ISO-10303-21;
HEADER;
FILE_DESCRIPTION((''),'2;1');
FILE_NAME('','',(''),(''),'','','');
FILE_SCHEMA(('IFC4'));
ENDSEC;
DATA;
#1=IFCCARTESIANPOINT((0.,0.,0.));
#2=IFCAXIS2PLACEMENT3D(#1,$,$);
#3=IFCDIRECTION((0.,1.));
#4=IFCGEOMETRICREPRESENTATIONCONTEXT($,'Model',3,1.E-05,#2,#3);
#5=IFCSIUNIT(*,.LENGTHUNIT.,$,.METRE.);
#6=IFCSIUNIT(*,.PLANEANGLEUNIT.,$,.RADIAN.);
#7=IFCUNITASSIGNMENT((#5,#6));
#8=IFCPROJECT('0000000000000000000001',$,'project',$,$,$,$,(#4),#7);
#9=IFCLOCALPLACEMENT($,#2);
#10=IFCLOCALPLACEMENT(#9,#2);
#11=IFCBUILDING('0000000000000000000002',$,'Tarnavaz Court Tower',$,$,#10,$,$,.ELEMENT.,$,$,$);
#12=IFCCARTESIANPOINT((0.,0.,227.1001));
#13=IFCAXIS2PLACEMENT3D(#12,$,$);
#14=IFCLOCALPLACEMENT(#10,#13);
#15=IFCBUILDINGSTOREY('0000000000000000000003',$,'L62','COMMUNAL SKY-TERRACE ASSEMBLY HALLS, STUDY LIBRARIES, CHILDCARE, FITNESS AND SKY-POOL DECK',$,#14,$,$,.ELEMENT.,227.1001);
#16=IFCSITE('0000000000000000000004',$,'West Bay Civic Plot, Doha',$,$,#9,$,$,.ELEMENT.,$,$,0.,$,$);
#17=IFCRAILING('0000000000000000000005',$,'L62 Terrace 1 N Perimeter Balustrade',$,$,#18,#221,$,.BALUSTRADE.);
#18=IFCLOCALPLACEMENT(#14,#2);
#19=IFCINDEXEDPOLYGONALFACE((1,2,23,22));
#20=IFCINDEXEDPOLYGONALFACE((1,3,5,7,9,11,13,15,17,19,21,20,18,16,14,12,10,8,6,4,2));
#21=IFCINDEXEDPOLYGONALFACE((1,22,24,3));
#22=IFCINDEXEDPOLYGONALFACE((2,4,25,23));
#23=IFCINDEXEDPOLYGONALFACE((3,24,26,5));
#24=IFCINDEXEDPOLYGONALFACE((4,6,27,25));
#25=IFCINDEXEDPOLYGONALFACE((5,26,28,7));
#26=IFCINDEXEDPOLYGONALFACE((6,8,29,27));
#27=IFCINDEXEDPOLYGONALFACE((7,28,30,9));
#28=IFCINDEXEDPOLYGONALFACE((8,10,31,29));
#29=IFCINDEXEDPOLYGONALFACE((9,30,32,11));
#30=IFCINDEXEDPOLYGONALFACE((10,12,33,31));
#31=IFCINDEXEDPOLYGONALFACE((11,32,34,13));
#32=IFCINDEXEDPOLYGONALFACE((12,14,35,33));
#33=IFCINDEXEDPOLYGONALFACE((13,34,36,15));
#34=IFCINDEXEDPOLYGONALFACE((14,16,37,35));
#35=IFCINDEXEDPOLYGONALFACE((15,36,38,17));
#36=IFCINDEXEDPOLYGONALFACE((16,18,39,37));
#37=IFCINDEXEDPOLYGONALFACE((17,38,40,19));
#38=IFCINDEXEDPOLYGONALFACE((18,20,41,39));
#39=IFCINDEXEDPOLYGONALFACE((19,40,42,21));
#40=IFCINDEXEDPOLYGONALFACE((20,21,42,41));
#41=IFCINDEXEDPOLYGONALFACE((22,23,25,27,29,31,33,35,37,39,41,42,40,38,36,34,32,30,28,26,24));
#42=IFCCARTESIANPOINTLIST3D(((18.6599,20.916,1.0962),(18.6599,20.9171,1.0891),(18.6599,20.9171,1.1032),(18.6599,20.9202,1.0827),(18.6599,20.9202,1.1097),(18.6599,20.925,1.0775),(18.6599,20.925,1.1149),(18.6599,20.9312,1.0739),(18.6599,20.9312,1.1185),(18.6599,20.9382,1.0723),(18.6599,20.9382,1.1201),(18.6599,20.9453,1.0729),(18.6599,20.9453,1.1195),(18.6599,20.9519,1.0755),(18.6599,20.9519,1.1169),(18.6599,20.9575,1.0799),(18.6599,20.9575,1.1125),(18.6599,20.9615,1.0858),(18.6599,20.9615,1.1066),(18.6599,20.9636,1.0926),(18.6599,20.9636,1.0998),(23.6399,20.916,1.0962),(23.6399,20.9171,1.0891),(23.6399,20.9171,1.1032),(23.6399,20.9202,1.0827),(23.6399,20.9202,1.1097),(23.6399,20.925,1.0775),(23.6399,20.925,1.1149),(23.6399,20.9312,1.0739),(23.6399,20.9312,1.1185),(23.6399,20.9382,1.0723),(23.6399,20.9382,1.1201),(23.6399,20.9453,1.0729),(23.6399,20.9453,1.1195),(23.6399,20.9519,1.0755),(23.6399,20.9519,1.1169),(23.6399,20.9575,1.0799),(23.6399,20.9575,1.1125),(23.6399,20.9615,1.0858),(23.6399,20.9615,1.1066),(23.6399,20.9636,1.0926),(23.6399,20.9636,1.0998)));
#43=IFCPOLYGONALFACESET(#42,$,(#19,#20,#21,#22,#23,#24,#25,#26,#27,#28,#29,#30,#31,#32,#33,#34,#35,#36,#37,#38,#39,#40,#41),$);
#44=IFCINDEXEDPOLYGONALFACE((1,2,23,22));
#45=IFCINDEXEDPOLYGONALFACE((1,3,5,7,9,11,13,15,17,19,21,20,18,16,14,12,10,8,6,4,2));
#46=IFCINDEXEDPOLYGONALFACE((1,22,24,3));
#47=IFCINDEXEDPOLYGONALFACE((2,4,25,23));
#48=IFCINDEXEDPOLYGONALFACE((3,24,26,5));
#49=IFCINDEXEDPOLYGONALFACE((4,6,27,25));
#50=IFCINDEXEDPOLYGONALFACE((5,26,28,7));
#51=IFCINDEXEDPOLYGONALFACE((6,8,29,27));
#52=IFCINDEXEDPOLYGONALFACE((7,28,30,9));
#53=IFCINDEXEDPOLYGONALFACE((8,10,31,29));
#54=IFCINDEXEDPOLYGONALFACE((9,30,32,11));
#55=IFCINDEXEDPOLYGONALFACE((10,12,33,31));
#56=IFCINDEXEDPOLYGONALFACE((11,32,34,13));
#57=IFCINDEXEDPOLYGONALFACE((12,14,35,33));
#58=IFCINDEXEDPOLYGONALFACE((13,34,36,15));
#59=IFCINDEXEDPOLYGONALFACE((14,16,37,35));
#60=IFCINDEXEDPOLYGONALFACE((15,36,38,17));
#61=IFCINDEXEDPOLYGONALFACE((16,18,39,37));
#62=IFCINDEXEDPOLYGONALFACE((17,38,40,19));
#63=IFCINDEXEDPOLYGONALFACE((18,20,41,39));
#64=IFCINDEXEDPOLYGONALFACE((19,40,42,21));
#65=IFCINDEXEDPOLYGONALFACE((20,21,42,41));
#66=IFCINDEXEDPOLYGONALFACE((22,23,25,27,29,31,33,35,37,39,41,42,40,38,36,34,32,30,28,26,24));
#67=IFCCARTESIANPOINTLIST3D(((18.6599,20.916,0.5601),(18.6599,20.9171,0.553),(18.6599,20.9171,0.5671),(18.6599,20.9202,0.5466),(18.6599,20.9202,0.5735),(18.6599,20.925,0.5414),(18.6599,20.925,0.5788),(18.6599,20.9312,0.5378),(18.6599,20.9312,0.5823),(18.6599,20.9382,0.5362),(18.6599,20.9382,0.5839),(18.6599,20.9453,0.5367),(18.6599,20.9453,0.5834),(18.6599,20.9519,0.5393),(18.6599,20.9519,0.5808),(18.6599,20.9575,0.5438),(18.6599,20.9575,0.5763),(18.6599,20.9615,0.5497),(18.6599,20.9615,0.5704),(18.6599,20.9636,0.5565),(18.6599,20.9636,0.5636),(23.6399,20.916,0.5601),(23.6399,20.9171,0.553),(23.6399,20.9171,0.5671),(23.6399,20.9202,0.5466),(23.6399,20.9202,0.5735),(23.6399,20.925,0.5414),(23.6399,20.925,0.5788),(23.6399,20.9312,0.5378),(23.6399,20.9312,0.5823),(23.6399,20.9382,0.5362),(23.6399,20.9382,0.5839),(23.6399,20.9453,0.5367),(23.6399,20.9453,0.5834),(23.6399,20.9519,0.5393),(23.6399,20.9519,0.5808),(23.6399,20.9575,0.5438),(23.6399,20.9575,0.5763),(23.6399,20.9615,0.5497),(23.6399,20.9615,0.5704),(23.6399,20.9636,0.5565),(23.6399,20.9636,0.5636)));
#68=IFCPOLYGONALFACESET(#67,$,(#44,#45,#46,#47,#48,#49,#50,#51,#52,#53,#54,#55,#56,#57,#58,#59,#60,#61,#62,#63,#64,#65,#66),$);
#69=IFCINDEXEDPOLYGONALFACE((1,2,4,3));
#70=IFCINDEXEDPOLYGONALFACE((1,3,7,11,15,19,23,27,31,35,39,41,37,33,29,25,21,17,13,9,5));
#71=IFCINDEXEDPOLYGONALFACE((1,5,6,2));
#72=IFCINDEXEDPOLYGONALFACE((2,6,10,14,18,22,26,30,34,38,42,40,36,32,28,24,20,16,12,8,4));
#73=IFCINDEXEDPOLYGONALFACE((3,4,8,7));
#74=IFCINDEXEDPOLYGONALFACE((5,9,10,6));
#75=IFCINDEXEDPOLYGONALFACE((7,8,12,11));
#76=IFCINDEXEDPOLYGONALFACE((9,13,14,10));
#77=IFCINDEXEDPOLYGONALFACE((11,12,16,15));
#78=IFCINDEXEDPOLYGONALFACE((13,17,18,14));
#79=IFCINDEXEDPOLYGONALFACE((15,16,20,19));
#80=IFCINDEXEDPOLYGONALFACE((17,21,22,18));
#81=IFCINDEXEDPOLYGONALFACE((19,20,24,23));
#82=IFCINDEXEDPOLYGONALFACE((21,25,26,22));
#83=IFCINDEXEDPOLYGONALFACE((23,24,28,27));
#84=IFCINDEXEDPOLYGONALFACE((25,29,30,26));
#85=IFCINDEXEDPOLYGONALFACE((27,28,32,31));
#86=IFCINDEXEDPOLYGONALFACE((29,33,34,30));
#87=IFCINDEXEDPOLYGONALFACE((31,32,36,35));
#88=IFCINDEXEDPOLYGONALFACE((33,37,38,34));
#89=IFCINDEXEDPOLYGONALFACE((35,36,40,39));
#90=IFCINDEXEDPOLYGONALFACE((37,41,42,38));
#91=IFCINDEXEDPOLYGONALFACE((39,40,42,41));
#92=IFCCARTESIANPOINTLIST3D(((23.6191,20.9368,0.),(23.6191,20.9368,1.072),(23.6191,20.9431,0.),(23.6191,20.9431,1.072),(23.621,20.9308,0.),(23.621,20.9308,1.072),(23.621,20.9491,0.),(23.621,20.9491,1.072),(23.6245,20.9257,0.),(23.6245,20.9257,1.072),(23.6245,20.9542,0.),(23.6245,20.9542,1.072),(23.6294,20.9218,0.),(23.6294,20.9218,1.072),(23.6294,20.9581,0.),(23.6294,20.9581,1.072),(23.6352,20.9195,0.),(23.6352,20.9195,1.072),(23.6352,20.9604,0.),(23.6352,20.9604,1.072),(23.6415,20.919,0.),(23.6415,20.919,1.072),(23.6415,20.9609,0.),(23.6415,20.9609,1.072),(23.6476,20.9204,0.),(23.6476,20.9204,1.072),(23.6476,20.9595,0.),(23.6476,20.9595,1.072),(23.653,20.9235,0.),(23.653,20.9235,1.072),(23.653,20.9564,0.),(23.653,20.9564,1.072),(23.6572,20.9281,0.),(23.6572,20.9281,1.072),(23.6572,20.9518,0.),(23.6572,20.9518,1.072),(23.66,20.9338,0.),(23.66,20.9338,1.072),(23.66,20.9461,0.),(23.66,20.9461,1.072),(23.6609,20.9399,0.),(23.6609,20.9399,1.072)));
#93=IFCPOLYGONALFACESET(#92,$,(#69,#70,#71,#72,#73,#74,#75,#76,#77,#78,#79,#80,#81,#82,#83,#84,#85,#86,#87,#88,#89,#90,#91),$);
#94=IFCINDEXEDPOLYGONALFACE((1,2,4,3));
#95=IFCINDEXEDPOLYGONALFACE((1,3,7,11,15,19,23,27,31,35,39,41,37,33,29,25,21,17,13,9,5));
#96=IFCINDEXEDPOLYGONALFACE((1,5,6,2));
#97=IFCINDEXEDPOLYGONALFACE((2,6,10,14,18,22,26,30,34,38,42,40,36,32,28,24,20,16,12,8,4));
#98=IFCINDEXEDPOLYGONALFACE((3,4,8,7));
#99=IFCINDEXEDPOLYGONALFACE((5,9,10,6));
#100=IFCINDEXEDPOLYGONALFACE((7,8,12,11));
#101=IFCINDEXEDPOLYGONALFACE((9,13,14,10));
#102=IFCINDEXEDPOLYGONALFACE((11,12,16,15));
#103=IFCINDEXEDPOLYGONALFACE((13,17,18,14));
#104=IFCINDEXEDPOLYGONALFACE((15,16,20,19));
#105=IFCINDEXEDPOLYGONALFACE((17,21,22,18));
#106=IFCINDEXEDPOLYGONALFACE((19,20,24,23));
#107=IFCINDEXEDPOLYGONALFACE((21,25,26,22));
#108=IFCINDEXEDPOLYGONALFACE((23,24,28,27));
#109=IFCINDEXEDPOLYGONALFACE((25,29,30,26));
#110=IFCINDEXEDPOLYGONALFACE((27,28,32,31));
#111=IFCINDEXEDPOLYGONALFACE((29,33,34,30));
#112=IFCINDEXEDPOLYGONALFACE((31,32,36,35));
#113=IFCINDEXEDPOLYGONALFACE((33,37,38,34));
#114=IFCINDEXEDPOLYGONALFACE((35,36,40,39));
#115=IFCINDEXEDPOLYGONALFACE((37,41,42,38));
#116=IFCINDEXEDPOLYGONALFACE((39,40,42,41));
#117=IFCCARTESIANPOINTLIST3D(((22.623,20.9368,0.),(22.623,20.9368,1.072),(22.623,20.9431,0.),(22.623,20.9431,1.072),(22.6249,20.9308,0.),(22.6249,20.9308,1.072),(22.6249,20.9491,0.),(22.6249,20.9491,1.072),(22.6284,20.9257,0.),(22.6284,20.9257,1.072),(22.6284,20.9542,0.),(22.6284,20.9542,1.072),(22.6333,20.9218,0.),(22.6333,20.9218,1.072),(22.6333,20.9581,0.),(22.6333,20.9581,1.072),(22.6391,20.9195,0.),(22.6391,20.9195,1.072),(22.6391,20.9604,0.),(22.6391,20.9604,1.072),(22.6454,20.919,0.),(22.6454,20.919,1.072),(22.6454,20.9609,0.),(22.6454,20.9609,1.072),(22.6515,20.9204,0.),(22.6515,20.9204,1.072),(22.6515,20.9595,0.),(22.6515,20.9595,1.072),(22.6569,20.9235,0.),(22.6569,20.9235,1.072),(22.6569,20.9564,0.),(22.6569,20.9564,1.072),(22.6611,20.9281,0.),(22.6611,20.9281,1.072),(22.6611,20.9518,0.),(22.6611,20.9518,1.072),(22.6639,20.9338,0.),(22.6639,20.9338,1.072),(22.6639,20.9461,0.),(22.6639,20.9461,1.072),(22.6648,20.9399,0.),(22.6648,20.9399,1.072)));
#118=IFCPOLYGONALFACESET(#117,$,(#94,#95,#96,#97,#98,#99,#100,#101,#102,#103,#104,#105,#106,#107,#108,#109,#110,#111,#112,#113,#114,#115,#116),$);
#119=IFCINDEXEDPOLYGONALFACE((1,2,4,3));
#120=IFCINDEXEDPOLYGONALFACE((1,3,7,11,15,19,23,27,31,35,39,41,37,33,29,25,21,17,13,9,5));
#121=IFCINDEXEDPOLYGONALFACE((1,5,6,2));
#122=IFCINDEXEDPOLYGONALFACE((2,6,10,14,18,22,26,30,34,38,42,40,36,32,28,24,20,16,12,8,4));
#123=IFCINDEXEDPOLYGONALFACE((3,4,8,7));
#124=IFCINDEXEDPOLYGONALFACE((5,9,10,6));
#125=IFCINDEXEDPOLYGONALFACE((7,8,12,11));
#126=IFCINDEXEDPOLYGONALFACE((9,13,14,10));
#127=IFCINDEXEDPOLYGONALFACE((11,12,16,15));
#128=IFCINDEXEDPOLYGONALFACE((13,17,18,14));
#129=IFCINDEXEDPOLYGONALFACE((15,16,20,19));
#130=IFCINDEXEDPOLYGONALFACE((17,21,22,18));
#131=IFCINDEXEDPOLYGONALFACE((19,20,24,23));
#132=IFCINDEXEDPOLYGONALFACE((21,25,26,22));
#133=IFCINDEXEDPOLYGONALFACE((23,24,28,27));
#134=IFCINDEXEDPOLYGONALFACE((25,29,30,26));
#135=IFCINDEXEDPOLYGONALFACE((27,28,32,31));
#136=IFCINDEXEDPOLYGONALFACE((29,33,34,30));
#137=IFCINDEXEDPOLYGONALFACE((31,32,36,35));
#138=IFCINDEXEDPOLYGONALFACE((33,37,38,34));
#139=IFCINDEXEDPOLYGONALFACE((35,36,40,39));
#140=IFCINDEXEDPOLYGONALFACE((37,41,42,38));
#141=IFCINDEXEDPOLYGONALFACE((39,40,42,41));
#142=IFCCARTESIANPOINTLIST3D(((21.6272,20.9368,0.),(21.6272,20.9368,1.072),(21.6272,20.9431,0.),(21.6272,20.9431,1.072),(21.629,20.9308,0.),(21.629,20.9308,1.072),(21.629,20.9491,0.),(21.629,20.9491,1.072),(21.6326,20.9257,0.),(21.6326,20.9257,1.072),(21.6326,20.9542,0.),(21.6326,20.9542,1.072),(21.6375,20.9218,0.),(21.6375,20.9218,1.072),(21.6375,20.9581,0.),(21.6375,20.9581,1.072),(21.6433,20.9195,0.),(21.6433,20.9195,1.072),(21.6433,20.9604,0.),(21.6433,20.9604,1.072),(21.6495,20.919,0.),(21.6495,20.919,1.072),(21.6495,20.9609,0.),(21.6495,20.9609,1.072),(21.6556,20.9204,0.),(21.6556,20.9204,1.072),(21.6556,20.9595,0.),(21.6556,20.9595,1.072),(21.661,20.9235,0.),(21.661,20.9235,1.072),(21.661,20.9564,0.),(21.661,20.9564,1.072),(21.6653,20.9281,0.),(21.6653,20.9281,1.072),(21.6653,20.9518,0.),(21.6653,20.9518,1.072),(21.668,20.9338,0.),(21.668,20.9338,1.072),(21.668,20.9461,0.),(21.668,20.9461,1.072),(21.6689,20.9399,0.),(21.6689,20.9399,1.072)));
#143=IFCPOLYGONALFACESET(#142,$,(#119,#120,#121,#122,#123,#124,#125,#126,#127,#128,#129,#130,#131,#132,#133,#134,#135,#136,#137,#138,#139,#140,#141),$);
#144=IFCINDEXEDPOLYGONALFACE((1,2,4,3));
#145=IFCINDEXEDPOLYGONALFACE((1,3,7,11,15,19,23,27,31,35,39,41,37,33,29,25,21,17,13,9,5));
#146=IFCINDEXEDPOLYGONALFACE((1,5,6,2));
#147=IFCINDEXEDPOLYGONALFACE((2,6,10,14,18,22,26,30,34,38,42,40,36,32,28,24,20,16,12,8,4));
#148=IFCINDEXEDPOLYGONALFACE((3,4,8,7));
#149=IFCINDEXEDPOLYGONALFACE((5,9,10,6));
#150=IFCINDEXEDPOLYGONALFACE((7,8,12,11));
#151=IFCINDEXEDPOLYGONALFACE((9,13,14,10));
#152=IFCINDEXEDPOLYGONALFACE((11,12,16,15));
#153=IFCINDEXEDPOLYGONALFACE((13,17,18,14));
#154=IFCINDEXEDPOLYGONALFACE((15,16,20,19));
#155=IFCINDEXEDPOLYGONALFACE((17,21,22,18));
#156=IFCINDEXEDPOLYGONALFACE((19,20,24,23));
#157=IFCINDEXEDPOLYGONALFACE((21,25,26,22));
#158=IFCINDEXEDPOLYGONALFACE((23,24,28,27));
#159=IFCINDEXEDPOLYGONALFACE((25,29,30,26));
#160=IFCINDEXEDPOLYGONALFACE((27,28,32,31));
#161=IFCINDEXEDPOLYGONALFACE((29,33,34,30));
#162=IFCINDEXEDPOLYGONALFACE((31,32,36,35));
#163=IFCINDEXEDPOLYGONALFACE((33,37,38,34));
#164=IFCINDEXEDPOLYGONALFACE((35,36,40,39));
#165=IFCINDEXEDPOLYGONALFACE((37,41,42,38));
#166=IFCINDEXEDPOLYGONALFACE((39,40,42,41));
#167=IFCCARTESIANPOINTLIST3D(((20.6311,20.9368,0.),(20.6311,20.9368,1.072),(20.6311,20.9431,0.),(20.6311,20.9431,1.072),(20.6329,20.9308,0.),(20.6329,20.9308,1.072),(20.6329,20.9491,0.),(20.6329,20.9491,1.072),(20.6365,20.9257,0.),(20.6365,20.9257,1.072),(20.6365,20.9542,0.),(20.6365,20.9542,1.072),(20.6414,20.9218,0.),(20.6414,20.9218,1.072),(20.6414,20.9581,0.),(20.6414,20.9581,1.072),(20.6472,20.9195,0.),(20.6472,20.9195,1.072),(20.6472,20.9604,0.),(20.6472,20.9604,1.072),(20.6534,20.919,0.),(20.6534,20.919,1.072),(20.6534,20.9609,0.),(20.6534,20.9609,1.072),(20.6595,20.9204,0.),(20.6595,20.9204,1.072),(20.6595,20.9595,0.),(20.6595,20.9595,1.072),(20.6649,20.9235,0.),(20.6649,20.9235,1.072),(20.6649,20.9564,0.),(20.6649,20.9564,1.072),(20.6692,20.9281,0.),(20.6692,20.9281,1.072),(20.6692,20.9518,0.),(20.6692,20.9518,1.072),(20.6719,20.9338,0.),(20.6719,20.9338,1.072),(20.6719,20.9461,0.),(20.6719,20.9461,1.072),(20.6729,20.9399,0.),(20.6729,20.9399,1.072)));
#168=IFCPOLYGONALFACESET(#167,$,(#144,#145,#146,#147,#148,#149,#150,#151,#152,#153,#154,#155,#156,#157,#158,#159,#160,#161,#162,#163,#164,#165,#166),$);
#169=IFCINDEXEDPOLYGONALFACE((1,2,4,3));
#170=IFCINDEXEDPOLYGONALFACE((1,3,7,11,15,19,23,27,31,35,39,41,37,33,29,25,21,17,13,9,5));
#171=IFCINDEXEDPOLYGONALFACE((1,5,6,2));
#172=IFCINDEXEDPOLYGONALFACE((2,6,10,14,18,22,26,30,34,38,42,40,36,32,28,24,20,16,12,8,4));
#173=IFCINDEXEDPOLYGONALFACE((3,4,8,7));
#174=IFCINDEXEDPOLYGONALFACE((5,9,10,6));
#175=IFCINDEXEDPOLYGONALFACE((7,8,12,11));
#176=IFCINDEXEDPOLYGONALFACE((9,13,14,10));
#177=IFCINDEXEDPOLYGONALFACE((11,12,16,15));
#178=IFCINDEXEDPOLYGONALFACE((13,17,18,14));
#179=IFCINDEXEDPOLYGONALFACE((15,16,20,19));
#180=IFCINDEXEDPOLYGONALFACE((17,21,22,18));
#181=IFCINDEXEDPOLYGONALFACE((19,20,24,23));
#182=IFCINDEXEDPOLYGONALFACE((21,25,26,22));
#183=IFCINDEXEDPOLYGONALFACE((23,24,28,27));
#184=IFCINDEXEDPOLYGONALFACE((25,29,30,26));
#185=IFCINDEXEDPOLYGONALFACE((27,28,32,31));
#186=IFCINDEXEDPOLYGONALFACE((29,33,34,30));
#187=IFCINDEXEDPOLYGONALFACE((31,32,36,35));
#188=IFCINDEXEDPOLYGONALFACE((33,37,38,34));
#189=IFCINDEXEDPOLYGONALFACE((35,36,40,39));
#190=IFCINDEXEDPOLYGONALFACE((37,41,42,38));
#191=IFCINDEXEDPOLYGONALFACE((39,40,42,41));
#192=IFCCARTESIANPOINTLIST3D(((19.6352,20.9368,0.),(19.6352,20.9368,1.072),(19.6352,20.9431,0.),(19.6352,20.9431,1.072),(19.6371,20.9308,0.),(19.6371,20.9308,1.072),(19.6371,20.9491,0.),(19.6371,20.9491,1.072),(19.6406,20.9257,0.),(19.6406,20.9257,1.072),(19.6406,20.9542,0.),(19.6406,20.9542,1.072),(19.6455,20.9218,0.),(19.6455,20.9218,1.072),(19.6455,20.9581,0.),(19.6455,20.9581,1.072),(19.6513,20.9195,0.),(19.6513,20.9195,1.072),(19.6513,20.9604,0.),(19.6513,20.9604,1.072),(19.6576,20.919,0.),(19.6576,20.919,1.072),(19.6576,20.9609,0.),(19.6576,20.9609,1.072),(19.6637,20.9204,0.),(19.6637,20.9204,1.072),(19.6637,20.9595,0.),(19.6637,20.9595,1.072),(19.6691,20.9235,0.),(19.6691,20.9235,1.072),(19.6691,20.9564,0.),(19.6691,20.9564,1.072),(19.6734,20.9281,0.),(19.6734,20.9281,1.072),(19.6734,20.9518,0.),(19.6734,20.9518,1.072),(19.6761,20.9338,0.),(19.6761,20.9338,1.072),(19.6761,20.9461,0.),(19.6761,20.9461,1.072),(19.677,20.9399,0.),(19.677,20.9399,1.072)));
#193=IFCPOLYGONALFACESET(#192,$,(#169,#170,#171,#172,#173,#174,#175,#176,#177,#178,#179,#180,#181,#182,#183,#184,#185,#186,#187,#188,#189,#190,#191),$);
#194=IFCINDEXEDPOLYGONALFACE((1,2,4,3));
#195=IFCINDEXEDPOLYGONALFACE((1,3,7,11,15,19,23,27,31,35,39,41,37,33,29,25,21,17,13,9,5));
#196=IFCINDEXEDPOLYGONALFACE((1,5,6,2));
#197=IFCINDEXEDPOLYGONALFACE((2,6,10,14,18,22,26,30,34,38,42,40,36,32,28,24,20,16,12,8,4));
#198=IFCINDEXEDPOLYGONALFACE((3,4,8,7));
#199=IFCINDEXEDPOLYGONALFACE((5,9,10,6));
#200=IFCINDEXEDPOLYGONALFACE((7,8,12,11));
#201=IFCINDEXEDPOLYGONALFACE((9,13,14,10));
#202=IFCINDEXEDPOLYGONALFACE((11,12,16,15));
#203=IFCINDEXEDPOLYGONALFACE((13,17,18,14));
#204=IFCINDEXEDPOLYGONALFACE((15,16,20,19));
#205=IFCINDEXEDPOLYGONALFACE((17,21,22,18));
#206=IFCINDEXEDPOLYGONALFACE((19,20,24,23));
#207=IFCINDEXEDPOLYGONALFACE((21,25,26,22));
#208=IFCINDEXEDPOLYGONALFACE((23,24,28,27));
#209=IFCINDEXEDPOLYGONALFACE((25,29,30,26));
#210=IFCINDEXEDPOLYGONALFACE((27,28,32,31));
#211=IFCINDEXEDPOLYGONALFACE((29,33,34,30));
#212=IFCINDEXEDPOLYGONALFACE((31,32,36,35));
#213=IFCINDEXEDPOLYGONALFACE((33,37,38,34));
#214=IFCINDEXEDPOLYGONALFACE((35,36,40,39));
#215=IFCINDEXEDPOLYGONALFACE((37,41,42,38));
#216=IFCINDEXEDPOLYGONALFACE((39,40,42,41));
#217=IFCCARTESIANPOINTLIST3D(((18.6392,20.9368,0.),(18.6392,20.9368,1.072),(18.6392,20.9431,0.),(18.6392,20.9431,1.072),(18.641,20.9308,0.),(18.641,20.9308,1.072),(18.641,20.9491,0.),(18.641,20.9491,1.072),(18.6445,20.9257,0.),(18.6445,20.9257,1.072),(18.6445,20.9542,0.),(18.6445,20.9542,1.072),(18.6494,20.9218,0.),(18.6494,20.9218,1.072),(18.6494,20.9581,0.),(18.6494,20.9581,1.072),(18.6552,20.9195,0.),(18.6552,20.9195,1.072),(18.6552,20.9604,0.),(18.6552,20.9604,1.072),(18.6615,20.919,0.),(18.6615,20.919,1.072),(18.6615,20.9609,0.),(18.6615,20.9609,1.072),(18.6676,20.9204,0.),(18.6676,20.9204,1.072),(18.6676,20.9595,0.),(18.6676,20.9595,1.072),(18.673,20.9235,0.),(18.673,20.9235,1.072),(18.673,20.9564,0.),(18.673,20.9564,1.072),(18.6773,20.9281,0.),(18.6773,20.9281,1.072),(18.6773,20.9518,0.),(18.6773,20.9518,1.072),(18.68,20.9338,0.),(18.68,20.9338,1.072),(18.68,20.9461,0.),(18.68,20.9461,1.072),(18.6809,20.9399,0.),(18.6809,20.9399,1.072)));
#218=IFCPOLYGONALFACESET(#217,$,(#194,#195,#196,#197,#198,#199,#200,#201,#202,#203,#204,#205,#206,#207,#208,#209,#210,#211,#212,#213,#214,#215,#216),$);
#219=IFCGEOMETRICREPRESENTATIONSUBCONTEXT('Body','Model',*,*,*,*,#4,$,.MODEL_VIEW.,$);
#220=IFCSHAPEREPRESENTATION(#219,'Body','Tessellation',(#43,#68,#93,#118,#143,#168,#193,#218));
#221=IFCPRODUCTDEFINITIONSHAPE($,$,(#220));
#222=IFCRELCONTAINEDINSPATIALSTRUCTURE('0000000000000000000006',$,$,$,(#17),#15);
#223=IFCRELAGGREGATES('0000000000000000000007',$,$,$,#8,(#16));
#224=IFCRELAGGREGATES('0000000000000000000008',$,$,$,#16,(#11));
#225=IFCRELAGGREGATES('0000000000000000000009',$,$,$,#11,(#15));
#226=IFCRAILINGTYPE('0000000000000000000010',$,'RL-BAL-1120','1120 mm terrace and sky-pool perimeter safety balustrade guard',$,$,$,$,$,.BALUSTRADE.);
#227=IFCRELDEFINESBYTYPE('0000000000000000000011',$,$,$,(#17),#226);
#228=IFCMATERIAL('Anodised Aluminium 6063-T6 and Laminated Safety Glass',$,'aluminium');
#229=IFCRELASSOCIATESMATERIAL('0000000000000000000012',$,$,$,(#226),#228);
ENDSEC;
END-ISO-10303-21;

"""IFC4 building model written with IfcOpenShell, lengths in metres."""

from ifc_helpers import new_model, si_unit, direction, frame, origin, origin_2d, place, context, subcontext, project, spatial, circle, extrude, material, type_object, element, save


model = new_model("IFC4")

# Units and contexts
model_context = context("Model", 3, precision=1e-05, world=origin(), true_north=direction((0.0, 1.0)))
body_context = subcontext(model_context, "Body", "Model", "MODEL_VIEW")
ifc_project = project(units=[si_unit("LENGTHUNIT", "METRE"), si_unit("PLANEANGLEUNIT", "RADIAN")], contexts=[model_context])

# Site, building, storey
site_placement = place(None, origin())
site = spatial("IfcSite", under=ifc_project, at=site_placement, Name="West Bay Civic Plot, Doha", CompositionType="ELEMENT", RefElevation=0.0)
building_placement = place(site_placement, origin())
building = spatial("IfcBuilding", under=site, at=building_placement, Name="Tarnavaz Court Tower", CompositionType="ELEMENT")
storey_placement = place(building_placement, frame((0.0, 0.0, 227.1001)))
storey = spatial("IfcBuildingStorey", under=building, at=storey_placement, Name="L62", Description="COMMUNAL SKY-TERRACE ASSEMBLY HALLS, STUDY LIBRARIES, CHILDCARE, FITNESS AND SKY-POOL DECK", CompositionType="ELEMENT", Elevation=227.1001)

# Railing
ifc_material_1 = material(Name="Anodised Aluminium 6063-T6 and Laminated Safety Glass", Category="aluminium")
railing_type = type_object("IfcRailingType", Name="RL-BAL-1120", Description="1120 mm terrace and sky-pool perimeter safety balustrade guard", PredefinedType="BALUSTRADE", material=ifc_material_1)
railing_1_placement = place(storey_placement, frame((23.6399, 20.9399, 0.0)))
element("IfcRailing", 1, at=railing_1_placement, inside=storey, type_object=railing_type, Name="L62 Terrace 1 N Perimeter Balustrade", PredefinedType="BALUSTRADE", context=body_context, shape_type="SweptSolid", body=[
    extrude(circle(Radius=0.0239, at=origin_2d()), frame((0.0, 0.0, 1.0962), z_axis=(-1.0, 0.0, 0.0), x_axis=(0.0, -1.0, 0.0)), (0.0, 0.0, 1.0), 4.98),
    extrude(circle(Radius=0.0239, at=origin_2d()), frame((0.0, 0.0, 0.5601), z_axis=(-1.0, 0.0, 0.0), x_axis=(0.0, -1.0, 0.0)), (0.0, 0.0, 1.0), 4.98),
    extrude(circle(Radius=0.021, at=origin_2d()), origin(), (0.0, 0.0, 1.0), 1.072),
    extrude(circle(Radius=0.021, at=origin_2d()), frame((-0.9961, 0.0, 0.0)), (0.0, 0.0, 1.0), 1.072),
    extrude(circle(Radius=0.021, at=origin_2d()), frame((-1.9919, 0.0, 0.0)), (0.0, 0.0, 1.0), 1.072),
    extrude(circle(Radius=0.021, at=origin_2d()), frame((-2.988, 0.0, 0.0)), (0.0, 0.0, 1.0), 1.072),
    extrude(circle(Radius=0.021, at=origin_2d()), frame((-3.9839, 0.0, 0.0)), (0.0, 0.0, 1.0), 1.072),
    extrude(circle(Radius=0.021, at=origin_2d()), frame((-4.98, 0.0, 0.0)), (0.0, 0.0, 1.0), 1.072),
])

save(model, "model.ifc")
